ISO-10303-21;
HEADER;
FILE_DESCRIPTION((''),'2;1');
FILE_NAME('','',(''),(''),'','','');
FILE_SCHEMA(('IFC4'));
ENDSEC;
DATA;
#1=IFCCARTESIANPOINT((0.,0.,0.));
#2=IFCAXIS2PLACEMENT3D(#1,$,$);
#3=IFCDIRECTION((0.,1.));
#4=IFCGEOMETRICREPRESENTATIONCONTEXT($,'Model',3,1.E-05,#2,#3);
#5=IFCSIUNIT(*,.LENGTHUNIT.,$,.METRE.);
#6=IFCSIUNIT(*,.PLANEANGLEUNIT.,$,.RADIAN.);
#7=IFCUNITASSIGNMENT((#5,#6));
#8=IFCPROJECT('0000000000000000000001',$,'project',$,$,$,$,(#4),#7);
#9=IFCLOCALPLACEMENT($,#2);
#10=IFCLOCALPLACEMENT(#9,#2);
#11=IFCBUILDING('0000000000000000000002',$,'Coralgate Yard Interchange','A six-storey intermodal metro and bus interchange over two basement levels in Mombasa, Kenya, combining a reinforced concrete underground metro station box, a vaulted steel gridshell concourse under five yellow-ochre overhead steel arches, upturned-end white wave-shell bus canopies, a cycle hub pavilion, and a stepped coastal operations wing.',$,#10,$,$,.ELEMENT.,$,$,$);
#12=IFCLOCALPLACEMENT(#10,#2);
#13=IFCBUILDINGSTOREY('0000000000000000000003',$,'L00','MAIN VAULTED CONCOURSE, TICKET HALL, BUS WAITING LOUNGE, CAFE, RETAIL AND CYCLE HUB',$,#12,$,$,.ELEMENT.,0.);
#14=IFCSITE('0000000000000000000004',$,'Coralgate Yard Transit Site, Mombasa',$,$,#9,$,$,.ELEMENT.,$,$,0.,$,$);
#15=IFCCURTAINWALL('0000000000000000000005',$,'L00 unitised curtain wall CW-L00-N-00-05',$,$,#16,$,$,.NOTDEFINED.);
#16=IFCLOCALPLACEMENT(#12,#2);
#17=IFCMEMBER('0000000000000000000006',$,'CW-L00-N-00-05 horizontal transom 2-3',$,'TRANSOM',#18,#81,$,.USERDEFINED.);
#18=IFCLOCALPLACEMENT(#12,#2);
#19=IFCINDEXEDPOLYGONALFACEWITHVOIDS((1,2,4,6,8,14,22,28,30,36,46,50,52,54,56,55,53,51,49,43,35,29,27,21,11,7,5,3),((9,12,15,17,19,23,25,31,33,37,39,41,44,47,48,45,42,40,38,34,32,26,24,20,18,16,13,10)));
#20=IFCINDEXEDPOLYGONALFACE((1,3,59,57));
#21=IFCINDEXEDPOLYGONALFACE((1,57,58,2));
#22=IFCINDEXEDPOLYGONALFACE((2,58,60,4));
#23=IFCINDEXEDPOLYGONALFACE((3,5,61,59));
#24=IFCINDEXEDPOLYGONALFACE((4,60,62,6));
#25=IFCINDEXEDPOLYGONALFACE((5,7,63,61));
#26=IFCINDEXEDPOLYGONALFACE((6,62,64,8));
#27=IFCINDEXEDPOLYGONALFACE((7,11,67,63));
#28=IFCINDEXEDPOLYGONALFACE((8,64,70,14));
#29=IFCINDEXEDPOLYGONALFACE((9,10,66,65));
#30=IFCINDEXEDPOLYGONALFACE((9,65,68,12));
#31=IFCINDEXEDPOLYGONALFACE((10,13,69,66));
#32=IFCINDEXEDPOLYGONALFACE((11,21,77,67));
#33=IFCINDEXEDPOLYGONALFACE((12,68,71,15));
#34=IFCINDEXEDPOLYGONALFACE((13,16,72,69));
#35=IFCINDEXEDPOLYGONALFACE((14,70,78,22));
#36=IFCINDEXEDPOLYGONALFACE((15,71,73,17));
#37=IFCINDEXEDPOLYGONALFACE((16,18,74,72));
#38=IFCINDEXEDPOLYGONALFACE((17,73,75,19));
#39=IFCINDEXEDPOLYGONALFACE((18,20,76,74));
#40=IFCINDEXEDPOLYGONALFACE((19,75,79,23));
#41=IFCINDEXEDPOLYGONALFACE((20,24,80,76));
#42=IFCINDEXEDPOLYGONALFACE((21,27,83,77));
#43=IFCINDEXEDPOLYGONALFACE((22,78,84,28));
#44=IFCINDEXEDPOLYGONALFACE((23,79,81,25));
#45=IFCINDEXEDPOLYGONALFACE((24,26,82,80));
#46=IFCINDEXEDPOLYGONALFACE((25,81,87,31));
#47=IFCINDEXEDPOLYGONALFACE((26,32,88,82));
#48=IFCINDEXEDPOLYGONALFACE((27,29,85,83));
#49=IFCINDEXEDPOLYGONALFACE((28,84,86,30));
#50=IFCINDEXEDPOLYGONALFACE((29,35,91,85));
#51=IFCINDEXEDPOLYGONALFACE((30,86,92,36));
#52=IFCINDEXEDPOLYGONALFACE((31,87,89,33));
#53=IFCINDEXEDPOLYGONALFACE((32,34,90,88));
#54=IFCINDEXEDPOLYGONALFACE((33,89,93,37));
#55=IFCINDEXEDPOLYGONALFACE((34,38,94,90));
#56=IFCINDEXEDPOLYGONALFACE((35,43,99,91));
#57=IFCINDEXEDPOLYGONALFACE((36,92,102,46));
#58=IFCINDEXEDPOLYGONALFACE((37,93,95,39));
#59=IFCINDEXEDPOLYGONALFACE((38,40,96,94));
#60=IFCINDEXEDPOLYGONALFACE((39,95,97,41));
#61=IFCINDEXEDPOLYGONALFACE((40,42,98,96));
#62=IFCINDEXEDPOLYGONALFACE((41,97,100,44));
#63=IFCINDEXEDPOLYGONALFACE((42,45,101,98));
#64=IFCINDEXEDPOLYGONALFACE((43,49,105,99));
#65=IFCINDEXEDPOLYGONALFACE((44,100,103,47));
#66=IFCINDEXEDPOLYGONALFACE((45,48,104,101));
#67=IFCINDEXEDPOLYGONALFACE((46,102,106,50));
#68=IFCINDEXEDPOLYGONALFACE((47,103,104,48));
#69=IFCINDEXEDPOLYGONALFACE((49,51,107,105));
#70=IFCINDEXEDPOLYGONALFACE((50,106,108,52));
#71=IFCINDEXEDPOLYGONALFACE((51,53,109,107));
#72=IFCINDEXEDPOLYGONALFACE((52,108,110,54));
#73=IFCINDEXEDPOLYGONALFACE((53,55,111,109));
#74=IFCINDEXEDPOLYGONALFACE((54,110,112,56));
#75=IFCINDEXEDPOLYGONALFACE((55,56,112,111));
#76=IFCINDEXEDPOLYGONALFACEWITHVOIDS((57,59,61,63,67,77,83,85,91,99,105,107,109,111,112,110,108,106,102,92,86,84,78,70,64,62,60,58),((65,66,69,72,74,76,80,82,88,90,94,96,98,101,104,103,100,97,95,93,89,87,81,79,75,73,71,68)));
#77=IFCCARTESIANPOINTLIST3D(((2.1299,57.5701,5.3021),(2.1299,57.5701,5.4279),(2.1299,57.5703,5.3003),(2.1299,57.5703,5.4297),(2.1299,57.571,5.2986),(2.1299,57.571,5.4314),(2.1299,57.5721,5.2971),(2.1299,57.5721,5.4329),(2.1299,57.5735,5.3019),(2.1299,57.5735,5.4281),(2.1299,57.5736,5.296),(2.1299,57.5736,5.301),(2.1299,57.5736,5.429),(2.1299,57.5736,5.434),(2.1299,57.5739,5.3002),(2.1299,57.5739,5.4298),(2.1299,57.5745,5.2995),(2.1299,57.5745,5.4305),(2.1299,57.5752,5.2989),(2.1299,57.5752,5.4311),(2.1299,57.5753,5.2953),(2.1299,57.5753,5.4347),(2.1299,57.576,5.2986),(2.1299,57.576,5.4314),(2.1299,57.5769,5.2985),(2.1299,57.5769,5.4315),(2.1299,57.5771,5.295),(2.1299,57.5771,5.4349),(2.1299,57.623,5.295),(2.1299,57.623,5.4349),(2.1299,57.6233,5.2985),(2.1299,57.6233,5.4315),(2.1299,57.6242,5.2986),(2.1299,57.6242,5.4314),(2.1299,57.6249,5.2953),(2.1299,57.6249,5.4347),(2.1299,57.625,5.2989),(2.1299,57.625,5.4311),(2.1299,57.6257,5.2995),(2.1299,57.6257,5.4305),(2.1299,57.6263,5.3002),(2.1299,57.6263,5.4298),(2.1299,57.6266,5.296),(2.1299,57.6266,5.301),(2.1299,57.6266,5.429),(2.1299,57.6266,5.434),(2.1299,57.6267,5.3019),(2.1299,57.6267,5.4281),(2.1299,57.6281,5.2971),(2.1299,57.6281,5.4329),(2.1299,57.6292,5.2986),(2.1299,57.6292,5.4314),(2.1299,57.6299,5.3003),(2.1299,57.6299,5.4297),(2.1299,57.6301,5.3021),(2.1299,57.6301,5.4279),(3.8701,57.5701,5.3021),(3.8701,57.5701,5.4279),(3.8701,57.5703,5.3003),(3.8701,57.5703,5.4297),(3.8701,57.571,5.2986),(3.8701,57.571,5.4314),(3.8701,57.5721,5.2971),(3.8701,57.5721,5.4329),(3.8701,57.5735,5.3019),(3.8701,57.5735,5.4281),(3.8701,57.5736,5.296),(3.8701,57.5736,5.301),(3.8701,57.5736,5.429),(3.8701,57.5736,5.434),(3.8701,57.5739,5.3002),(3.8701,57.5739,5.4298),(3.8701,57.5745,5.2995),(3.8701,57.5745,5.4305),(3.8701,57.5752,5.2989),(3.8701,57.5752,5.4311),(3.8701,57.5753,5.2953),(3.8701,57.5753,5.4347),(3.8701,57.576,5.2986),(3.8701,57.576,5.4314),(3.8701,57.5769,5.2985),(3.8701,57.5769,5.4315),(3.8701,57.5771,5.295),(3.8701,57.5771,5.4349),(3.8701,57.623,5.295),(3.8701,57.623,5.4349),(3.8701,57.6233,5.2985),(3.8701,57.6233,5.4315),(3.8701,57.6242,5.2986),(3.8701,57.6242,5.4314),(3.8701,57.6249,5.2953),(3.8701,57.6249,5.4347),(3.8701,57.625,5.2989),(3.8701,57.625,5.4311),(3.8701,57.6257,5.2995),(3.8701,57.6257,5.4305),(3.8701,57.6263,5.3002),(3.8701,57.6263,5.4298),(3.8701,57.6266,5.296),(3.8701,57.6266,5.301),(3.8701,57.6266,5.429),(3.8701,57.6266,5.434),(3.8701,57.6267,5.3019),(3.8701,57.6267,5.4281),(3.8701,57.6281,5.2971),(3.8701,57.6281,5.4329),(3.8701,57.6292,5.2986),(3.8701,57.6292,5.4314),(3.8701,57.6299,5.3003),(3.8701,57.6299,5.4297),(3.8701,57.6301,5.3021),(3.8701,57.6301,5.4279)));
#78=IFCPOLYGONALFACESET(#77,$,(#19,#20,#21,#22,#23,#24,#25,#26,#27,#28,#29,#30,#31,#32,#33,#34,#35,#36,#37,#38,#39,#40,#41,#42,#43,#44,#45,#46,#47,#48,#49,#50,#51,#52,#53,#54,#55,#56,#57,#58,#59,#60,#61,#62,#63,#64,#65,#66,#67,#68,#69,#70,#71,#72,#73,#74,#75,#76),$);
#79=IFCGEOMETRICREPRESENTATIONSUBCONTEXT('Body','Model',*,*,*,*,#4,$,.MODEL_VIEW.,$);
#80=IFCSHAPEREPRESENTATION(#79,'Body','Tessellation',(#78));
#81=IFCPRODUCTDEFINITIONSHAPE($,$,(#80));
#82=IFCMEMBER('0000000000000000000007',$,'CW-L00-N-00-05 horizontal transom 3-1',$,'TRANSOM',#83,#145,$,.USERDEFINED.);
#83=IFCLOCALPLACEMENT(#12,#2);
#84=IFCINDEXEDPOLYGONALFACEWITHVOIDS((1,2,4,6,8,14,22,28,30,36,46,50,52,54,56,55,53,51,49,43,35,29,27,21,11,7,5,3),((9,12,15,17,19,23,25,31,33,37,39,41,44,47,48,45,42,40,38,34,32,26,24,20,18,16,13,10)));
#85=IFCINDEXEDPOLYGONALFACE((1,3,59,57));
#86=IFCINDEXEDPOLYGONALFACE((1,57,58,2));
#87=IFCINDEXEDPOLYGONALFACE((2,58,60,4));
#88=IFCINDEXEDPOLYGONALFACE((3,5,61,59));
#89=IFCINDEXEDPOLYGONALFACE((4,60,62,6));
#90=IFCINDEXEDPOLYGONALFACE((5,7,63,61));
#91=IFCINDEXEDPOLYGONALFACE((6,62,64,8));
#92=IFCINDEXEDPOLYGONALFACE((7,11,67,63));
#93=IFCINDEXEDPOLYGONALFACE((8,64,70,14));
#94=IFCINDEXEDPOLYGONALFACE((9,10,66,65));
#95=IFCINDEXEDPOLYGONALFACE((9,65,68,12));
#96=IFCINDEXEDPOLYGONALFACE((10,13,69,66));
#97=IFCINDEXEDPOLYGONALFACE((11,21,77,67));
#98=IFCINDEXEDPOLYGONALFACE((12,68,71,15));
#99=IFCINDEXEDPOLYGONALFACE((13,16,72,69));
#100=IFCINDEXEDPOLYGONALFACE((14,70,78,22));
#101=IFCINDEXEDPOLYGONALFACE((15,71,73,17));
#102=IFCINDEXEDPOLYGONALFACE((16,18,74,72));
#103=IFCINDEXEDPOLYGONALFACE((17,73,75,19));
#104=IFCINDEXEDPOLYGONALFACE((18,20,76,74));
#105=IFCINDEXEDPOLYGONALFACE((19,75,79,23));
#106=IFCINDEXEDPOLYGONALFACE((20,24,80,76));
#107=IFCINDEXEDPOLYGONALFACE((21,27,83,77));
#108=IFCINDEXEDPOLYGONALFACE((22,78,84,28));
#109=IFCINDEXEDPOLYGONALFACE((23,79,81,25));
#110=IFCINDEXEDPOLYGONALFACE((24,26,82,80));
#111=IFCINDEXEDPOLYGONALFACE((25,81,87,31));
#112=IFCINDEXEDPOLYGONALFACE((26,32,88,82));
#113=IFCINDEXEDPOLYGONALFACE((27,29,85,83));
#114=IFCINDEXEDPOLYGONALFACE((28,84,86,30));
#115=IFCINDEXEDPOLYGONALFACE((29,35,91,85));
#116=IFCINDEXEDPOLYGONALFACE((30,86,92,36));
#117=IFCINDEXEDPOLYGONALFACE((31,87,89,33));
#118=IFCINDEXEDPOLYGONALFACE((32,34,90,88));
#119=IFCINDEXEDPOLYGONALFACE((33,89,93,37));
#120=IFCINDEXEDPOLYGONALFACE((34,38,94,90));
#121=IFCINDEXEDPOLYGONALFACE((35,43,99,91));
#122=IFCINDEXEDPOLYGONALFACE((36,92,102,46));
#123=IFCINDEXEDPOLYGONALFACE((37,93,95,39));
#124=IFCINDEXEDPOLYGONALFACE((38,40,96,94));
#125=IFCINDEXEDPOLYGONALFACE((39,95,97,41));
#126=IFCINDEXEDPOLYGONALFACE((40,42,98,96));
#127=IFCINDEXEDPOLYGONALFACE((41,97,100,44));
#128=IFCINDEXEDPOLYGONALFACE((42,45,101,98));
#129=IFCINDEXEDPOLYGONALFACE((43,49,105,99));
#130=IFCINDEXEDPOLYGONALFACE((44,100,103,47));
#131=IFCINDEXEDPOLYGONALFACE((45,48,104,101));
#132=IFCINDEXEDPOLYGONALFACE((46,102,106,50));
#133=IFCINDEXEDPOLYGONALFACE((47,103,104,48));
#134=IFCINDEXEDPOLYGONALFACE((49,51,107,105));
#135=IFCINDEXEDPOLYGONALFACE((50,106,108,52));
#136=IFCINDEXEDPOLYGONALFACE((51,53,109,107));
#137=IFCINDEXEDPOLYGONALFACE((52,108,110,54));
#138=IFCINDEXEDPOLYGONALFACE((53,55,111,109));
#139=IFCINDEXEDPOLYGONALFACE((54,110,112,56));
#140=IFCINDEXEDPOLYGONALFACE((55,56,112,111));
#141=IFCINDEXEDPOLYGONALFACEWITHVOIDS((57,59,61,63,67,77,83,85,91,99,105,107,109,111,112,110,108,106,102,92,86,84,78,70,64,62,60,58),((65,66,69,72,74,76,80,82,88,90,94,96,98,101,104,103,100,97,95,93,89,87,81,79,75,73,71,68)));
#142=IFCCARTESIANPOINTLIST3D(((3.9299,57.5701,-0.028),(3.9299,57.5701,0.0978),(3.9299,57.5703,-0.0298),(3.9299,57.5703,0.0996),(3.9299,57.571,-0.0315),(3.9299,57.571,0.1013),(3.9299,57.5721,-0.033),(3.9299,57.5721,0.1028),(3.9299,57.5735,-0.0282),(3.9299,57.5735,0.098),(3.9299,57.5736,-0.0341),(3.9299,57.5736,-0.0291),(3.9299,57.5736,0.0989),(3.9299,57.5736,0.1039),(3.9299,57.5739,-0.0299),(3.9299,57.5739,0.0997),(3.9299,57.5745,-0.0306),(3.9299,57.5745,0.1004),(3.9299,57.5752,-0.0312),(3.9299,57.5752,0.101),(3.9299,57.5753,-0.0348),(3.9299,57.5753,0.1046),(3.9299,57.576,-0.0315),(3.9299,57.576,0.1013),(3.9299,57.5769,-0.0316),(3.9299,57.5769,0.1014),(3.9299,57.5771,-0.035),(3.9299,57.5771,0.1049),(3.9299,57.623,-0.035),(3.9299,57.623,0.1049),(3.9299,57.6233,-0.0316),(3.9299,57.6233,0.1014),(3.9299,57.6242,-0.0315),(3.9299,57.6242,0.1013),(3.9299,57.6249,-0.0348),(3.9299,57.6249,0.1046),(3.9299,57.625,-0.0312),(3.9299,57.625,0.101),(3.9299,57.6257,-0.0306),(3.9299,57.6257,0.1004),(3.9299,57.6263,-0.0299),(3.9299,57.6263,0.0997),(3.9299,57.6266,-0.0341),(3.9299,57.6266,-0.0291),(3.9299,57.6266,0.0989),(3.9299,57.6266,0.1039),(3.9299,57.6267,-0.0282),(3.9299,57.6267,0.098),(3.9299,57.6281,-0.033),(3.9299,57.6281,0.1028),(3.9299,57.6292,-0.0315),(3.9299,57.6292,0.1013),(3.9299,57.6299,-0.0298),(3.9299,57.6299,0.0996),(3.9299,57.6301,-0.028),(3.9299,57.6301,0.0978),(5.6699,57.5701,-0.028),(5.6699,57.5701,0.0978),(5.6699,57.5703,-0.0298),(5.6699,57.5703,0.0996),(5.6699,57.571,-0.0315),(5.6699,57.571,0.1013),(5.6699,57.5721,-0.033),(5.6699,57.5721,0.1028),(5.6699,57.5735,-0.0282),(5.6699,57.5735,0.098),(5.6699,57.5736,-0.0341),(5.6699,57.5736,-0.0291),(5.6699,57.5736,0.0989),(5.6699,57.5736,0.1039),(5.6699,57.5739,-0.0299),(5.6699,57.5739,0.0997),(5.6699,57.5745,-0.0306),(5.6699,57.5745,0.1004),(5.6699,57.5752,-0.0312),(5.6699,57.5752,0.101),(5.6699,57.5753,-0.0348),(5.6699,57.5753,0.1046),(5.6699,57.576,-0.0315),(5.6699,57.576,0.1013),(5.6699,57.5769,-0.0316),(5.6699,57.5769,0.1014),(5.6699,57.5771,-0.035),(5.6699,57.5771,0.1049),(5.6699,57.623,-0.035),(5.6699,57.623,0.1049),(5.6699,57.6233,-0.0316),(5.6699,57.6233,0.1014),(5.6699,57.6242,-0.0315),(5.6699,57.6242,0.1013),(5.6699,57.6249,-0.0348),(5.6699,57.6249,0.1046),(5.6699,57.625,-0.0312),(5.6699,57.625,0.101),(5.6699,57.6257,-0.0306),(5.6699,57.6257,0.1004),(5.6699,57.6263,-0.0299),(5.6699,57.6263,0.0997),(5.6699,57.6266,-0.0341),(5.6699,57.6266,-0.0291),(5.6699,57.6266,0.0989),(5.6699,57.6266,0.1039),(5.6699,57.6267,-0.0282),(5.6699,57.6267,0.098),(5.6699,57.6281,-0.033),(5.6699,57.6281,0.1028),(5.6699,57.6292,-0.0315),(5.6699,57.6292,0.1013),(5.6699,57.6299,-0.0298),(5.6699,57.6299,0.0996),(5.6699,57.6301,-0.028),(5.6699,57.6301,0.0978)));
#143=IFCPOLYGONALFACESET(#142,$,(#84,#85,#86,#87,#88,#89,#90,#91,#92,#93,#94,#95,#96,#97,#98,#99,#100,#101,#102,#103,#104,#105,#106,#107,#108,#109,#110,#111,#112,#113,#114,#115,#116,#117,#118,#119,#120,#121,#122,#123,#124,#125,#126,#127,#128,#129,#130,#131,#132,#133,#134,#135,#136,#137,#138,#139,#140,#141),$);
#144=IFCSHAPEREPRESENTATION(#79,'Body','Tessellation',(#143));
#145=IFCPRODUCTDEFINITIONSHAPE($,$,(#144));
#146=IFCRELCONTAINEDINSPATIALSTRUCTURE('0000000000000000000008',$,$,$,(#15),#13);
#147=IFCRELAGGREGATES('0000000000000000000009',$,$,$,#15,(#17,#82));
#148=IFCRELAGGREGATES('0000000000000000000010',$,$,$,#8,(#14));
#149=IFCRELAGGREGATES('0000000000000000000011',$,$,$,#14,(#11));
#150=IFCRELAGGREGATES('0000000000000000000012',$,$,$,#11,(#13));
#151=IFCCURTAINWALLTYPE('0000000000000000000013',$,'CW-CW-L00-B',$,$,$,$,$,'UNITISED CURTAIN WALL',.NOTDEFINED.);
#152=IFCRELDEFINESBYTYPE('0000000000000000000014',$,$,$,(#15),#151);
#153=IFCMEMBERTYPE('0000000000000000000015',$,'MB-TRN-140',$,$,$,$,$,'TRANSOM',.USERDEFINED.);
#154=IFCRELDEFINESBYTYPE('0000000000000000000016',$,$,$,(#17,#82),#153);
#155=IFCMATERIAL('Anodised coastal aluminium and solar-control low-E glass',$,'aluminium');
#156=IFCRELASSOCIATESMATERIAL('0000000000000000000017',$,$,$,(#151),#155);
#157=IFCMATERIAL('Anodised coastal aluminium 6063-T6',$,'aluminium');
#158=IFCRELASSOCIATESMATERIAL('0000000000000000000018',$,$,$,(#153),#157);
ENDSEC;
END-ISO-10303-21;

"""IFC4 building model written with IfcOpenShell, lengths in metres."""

from ifc_helpers import new_model, si_unit, direction, frame, origin, origin_2d, place, context, subcontext, project, spatial, hollow_rectangle, extrude, material, material_profile, profile_set, type_object, element, aggregate, save


model = new_model("IFC4")

# Units and contexts
model_context = context("Model", 3, precision=1e-05, world=origin(), true_north=direction((0.0, 1.0)))
body_context = subcontext(model_context, "Body", "Model", "MODEL_VIEW")
ifc_project = project(units=[si_unit("LENGTHUNIT", "METRE"), si_unit("PLANEANGLEUNIT", "RADIAN")], contexts=[model_context])

# Site, building, storey
site_placement = place(None, origin())
site = spatial("IfcSite", under=ifc_project, at=site_placement, Name="Coralgate Yard Transit Site, Mombasa", CompositionType="ELEMENT", RefElevation=0.0)
building_placement = place(site_placement, origin())
building = spatial("IfcBuilding", under=site, at=building_placement, Name="Coralgate Yard Interchange", Description="A six-storey intermodal metro and bus interchange over two basement levels in Mombasa, Kenya, combining a reinforced concrete underground metro station box, a vaulted steel gridshell concourse under five yellow-ochre overhead steel arches, upturned-end white wave-shell bus canopies, a cycle hub pavilion, and a stepped coastal operations wing.", CompositionType="ELEMENT")
storey_placement = place(building_placement, origin())
storey = spatial("IfcBuildingStorey", under=building, at=storey_placement, Name="L00", Description="MAIN VAULTED CONCOURSE, TICKET HALL, BUS WAITING LOUNGE, CAFE, RETAIL AND CYCLE HUB", CompositionType="ELEMENT", Elevation=0.0)

# Curtain wall, members
ifc_material_1 = material(Name="Anodised coastal aluminium and solar-control low-E glass", Category="aluminium")
curtain_wall_type = type_object("IfcCurtainWallType", Name="CW-CW-L00-B", ElementType="UNITISED CURTAIN WALL", PredefinedType="NOTDEFINED", material=ifc_material_1)
curtain_wall_placement = place(storey_placement, origin())
curtain_wall = element("IfcCurtainWall", 1, at=curtain_wall_placement, inside=storey, type_object=curtain_wall_type, Name="L00 unitised curtain wall CW-L00-N-00-05", PredefinedType="NOTDEFINED")
ifc_material_2 = material(Name="Anodised coastal aluminium 6063-T6", Category="aluminium")
ifc_material_profile_1 = material_profile(ifc_material_2, hollow_rectangle(XDim=0.0601, YDim=0.1399, WallThickness=0.0034, InnerFilletRadius=0.0034, OuterFilletRadius=0.0071, at=origin_2d()), Name="ALU 60x140x3.5")
ifc_profile_set_1 = profile_set([ifc_material_profile_1], Name="Anodised coastal aluminium 6063-T6")
member_type_1 = type_object("IfcMemberType", Name="MB-TRN-140", ElementType="TRANSOM", PredefinedType="USERDEFINED", material=ifc_profile_set_1)
member_1_placement = place(storey_placement, frame((2.1299, 57.6001, 5.365), z_axis=(1.0, 0.0, 0.0), x_axis=(0.0, 1.0, 0.0)))
member_1 = element("IfcMember", 2, at=member_1_placement, type_object=member_type_1, Name="CW-L00-N-00-05 horizontal transom 2-3", ObjectType="TRANSOM", PredefinedType="USERDEFINED", context=body_context, shape_type="SweptSolid", body=[
    extrude(hollow_rectangle(XDim=0.0601, YDim=0.1399, WallThickness=0.0034, InnerFilletRadius=0.0034, OuterFilletRadius=0.0071, at=origin_2d()), origin(), (0.0, 0.0, 1.0), 1.7402),
])
member_2_placement = place(storey_placement, frame((3.9299, 57.6001, 0.0349), z_axis=(1.0, 0.0, 0.0), x_axis=(0.0, 1.0, 0.0)))
member_2 = element("IfcMember", 3, at=member_2_placement, type_object=member_type_1, Name="CW-L00-N-00-05 horizontal transom 3-1", ObjectType="TRANSOM", PredefinedType="USERDEFINED", context=body_context, shape_type="SweptSolid", body=[
    extrude(hollow_rectangle(XDim=0.0601, YDim=0.1399, WallThickness=0.0034, InnerFilletRadius=0.0034, OuterFilletRadius=0.0071, at=origin_2d()), origin(), (0.0, 0.0, 1.0), 1.74),
])
aggregate(curtain_wall, [member_1, member_2])

save(model, "model.ifc")
